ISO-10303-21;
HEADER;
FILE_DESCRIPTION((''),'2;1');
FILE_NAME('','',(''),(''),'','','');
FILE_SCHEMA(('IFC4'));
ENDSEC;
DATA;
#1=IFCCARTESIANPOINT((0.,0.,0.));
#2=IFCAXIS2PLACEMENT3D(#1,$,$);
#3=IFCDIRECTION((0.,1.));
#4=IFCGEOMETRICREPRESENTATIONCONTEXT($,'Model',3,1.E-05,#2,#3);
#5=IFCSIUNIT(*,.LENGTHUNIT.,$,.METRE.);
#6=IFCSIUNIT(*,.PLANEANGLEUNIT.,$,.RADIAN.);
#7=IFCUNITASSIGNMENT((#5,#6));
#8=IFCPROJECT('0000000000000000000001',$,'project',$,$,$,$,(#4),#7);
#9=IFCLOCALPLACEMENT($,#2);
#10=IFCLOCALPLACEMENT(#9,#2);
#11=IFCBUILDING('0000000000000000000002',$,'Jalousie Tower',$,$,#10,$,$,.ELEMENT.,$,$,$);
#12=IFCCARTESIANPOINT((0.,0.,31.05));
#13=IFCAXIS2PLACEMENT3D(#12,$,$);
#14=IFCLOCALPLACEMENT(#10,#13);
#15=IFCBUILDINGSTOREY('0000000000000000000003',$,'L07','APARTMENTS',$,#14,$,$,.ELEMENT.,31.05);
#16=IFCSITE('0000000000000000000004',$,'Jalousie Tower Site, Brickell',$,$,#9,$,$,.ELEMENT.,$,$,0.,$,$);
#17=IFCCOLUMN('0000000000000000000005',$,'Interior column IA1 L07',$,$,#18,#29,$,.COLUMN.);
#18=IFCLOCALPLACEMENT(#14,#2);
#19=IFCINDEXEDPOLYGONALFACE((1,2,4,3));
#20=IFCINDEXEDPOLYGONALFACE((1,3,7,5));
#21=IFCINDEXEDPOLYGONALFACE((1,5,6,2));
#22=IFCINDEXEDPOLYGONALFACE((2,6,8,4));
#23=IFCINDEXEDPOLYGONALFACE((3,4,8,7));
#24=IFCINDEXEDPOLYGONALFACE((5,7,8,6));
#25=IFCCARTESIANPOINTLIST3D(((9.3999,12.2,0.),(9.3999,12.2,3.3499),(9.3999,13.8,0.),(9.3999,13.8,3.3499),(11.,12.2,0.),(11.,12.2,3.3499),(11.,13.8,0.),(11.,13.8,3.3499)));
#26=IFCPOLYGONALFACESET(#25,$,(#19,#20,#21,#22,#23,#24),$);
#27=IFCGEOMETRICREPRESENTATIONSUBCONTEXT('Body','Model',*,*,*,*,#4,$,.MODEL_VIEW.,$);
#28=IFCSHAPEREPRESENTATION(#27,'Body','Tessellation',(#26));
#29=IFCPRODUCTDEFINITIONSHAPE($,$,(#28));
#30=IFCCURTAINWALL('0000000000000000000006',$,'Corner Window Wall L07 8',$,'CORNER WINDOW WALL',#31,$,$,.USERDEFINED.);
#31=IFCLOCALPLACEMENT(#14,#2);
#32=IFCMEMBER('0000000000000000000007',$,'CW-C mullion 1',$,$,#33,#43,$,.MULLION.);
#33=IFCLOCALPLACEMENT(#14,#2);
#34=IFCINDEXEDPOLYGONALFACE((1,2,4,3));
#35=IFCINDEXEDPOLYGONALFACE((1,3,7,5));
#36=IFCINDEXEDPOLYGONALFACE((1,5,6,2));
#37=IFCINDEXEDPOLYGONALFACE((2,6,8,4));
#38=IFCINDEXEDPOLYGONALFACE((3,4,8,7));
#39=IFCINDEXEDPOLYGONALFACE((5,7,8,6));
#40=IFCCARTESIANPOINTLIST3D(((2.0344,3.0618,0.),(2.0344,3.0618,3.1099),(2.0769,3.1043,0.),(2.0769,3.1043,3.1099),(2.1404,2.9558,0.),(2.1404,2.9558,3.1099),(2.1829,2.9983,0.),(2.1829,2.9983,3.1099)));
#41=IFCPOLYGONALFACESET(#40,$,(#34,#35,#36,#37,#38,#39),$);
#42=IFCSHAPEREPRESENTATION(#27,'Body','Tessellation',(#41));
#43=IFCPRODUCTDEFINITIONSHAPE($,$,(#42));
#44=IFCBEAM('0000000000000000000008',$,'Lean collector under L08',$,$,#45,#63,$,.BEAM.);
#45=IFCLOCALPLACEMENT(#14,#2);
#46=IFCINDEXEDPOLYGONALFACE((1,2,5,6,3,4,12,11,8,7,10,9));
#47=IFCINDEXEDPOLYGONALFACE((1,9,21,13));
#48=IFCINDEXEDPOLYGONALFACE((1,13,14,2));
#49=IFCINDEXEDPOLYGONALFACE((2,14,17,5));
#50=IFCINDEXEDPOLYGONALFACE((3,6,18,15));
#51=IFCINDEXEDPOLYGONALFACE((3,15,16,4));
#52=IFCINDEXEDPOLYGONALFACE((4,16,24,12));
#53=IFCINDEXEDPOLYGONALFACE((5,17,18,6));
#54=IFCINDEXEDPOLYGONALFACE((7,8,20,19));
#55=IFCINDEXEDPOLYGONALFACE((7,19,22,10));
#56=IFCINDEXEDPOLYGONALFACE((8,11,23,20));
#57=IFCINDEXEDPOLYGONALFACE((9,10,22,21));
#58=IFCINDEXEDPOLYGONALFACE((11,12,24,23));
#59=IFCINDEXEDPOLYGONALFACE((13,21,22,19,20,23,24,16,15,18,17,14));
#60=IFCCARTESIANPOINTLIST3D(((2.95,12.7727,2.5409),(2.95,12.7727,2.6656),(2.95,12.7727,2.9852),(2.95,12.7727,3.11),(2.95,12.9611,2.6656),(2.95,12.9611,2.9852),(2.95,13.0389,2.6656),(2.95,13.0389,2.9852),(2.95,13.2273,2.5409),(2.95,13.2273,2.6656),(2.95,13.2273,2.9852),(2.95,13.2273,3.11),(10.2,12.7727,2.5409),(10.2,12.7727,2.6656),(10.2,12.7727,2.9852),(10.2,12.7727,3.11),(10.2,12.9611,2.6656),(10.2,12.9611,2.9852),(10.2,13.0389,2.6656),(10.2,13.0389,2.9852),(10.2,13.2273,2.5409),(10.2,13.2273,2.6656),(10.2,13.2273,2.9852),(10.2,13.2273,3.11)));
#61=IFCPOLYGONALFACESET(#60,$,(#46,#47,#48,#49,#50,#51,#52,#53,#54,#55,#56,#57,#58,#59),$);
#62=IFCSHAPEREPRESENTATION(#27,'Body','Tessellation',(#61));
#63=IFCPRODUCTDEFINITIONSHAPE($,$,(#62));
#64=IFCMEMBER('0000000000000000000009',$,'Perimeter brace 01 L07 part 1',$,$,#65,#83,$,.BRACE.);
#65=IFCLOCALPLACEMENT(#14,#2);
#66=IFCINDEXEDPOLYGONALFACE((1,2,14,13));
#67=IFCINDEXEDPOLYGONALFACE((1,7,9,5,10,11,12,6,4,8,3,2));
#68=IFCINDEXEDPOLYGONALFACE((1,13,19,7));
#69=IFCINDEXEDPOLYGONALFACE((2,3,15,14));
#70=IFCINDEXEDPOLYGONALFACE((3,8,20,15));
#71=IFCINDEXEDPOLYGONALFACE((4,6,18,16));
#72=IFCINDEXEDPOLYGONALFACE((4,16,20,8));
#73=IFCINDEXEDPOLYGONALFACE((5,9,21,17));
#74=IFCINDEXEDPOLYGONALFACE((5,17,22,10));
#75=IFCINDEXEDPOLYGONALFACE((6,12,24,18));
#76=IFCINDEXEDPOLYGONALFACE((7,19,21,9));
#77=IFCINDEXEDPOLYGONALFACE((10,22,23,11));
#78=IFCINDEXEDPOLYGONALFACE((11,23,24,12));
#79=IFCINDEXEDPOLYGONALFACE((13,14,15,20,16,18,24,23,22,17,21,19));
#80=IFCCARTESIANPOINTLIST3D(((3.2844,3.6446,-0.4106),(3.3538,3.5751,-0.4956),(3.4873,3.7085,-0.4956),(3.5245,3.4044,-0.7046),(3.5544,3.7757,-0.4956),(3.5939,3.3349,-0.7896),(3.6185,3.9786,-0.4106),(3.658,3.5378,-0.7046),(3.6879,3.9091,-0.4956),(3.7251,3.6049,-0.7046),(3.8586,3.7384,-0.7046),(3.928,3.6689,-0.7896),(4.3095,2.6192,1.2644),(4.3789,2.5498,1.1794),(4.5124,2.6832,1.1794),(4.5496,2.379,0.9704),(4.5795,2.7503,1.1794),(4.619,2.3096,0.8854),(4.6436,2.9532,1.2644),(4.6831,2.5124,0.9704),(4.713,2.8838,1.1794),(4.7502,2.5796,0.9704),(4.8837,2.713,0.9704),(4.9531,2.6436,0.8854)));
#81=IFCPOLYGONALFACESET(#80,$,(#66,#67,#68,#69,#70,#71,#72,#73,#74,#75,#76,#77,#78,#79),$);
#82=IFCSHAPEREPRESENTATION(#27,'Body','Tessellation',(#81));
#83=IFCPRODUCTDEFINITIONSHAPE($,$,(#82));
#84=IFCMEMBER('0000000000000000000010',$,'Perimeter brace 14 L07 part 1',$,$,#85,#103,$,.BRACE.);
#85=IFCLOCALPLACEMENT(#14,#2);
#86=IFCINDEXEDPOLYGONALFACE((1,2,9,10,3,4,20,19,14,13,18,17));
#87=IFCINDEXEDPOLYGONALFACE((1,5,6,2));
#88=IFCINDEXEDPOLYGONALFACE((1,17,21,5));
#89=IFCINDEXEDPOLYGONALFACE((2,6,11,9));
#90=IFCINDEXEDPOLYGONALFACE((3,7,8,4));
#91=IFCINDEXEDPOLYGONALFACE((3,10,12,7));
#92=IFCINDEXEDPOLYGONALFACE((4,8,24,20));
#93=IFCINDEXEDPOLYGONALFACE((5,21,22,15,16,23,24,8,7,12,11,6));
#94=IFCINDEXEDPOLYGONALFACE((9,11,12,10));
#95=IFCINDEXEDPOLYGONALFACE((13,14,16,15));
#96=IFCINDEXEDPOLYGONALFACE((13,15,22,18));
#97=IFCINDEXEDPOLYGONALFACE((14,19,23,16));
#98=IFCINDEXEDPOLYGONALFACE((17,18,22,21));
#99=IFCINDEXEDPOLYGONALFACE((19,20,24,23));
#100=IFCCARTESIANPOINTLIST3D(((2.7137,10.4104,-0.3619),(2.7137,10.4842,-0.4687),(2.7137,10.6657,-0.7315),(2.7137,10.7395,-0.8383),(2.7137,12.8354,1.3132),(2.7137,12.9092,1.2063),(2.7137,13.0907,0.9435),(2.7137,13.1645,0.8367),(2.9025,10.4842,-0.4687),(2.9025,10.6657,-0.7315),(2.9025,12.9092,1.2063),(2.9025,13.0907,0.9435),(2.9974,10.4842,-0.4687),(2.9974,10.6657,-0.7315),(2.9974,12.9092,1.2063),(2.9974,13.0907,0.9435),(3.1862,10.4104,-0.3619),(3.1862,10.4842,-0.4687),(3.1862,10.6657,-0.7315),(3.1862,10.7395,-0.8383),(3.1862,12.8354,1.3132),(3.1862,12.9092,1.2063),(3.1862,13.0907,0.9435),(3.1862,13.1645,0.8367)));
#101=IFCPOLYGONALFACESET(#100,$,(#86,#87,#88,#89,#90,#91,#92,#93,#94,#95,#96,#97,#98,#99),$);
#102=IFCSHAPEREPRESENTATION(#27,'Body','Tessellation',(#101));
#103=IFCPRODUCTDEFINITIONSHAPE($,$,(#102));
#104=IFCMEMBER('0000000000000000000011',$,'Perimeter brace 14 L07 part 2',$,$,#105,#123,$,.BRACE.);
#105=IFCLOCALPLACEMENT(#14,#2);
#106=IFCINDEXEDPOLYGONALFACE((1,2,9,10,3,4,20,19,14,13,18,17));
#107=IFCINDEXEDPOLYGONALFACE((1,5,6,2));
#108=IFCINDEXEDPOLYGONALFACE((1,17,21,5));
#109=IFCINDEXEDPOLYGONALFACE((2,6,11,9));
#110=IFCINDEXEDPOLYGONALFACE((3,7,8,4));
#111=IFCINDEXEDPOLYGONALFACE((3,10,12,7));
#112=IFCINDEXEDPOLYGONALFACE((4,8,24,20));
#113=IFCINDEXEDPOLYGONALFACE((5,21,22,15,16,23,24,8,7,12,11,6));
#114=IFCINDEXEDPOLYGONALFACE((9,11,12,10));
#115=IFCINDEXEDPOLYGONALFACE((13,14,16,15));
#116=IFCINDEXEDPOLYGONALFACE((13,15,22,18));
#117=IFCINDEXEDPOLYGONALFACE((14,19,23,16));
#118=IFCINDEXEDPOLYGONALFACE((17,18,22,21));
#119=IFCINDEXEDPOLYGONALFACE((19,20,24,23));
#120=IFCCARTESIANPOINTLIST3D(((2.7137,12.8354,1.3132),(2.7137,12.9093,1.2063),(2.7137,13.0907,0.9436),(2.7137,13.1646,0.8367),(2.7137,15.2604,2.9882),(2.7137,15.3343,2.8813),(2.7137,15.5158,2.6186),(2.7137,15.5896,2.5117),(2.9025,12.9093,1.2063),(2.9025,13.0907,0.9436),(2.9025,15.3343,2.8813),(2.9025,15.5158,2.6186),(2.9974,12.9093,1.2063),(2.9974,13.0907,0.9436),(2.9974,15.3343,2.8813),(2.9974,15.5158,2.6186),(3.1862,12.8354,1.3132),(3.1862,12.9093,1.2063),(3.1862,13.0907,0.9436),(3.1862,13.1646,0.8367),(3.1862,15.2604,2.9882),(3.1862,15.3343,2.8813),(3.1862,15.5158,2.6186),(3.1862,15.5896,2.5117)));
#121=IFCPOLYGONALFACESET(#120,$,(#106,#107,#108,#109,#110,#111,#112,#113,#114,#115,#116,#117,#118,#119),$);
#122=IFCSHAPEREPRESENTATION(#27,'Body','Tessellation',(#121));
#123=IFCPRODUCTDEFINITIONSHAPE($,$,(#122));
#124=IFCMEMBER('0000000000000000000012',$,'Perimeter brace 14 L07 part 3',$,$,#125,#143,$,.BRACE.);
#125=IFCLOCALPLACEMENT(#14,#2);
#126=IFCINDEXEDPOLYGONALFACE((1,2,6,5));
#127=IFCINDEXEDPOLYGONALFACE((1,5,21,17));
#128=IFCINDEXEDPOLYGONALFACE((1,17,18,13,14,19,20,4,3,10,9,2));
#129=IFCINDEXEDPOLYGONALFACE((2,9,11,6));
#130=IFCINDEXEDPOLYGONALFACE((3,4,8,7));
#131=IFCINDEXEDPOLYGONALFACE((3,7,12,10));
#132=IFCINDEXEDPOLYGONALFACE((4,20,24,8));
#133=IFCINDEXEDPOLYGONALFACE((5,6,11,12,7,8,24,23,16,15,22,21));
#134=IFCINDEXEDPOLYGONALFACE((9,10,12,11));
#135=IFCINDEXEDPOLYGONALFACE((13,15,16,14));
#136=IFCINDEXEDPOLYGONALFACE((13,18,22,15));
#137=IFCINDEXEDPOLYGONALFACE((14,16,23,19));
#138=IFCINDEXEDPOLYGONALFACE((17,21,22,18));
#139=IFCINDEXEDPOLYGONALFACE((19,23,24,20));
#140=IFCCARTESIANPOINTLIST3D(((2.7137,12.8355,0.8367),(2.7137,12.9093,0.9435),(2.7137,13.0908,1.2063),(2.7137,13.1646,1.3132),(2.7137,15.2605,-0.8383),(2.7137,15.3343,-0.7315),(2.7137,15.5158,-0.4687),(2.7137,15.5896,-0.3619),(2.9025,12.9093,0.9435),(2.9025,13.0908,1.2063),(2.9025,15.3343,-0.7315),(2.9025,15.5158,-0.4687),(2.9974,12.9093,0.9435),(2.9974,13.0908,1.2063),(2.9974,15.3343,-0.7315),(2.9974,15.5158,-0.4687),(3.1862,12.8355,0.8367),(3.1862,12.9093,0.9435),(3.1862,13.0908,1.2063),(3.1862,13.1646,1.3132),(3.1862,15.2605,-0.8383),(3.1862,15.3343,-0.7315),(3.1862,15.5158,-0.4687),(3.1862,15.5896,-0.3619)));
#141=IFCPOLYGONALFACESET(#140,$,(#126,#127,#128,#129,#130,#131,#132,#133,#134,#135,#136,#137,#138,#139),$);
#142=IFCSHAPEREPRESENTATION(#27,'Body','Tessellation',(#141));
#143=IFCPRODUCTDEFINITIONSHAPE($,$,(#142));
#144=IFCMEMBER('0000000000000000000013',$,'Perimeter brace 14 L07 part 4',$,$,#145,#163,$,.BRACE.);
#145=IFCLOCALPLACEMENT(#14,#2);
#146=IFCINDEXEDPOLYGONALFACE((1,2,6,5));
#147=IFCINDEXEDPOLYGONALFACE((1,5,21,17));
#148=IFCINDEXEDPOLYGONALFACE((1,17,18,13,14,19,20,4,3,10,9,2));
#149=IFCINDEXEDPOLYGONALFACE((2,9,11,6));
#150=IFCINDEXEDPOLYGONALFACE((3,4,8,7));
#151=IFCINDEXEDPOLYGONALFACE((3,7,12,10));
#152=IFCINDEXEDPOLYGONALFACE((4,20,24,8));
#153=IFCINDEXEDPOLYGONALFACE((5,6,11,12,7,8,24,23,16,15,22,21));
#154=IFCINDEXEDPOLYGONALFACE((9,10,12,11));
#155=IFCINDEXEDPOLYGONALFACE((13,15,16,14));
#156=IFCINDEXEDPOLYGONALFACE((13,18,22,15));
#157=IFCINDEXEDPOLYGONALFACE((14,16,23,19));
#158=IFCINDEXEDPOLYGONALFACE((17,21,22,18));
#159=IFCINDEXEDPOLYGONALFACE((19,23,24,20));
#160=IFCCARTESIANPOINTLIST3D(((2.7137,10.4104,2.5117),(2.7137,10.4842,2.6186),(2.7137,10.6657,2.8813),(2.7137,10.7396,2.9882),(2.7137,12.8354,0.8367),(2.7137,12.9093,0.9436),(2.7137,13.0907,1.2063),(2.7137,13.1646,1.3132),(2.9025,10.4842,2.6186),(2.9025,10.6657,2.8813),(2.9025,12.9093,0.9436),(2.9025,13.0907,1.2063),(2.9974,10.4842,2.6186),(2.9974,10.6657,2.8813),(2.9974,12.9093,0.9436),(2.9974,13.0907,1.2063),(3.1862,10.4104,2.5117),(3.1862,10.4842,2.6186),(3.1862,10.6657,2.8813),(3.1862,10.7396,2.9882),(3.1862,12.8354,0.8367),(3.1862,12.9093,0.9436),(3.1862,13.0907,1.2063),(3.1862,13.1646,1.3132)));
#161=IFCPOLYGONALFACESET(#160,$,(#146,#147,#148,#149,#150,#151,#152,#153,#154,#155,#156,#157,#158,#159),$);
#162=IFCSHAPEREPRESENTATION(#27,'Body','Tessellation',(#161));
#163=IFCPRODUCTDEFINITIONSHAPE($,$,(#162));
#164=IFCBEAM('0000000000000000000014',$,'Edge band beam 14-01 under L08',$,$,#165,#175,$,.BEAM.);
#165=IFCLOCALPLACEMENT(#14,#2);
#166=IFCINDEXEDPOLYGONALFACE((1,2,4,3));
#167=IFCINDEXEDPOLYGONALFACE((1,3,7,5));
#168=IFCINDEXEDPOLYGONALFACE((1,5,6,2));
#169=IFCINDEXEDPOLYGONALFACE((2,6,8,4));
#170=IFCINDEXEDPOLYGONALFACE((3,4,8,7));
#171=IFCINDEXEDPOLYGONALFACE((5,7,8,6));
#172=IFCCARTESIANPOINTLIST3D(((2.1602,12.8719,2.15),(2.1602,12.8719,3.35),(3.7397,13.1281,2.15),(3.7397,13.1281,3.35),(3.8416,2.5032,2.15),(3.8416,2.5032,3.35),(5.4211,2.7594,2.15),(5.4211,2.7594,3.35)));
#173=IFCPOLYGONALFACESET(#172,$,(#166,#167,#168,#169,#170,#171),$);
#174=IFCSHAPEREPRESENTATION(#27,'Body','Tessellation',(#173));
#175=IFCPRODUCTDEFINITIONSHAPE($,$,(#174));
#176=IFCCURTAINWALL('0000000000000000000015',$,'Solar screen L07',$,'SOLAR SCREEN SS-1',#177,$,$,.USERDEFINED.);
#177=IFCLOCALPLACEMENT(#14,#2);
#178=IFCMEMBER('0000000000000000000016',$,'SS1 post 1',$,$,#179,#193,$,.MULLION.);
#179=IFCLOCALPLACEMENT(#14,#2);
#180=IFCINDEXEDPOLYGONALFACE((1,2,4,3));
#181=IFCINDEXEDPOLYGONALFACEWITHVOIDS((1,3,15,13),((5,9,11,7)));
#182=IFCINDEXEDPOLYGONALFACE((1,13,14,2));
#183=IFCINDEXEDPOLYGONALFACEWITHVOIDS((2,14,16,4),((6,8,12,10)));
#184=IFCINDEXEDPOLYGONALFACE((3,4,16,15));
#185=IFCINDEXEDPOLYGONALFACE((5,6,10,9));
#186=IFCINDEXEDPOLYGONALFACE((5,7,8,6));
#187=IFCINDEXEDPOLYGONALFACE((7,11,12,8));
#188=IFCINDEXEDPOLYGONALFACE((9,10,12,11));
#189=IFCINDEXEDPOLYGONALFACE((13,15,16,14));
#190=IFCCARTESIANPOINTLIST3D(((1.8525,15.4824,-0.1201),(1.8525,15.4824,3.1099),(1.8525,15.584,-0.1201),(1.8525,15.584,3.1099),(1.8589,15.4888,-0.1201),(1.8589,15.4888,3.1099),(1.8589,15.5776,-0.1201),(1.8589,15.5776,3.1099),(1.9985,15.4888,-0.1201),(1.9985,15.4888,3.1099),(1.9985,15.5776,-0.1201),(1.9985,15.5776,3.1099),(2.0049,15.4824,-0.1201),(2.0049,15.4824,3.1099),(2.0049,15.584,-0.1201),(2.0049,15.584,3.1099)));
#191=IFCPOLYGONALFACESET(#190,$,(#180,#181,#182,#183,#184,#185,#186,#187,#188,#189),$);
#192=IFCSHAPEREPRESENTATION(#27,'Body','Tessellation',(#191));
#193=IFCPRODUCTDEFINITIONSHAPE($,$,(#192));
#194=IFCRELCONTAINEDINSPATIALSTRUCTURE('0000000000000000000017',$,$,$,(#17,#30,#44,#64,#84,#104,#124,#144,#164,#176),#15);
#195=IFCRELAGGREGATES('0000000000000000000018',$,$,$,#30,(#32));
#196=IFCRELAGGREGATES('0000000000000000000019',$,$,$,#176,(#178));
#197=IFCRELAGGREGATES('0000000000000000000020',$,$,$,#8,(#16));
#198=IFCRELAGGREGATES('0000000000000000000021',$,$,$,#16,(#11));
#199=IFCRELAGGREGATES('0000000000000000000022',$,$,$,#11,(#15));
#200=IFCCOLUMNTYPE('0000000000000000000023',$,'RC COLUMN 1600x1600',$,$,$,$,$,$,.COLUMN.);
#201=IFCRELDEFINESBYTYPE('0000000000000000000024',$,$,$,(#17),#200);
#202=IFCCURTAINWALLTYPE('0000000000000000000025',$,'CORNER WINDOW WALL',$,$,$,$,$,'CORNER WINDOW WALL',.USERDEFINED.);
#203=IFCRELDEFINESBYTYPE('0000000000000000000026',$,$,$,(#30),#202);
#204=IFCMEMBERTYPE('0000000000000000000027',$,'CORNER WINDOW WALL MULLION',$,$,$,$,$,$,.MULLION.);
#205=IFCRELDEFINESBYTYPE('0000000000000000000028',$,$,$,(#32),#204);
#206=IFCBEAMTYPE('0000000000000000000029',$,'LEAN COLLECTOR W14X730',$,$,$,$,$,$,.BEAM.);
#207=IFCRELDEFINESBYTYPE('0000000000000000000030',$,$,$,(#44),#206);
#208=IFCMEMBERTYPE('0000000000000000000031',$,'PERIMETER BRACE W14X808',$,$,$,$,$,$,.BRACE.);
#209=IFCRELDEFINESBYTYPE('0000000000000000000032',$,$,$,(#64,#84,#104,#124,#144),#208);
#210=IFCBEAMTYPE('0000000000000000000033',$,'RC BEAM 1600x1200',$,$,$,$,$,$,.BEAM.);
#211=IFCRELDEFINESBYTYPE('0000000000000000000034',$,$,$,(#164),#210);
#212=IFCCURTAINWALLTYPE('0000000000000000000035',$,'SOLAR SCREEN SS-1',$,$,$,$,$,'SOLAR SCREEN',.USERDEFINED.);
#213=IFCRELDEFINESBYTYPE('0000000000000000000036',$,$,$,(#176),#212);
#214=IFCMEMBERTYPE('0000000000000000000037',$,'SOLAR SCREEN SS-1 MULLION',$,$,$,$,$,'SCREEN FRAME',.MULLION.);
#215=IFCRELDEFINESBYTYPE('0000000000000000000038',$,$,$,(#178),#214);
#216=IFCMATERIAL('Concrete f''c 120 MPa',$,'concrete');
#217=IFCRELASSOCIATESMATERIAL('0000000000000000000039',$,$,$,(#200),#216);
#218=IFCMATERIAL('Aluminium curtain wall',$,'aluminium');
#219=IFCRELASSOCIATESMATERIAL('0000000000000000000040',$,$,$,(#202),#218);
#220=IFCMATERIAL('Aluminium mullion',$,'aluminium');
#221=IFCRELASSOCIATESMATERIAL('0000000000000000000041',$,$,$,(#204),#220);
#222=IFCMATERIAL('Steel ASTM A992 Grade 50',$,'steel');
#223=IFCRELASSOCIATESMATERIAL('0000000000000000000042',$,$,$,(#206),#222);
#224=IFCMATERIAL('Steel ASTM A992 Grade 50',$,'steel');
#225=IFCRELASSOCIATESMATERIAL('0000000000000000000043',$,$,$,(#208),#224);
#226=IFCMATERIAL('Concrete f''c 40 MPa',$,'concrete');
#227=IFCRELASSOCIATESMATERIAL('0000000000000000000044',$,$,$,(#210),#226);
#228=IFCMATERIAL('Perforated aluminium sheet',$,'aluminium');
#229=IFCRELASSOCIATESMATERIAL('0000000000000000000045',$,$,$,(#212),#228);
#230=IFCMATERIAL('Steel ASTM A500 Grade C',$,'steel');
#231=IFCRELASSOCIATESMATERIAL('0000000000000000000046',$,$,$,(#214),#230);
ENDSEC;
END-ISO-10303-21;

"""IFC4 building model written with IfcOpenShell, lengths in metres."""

from ifc_helpers import new_model, si_unit, direction, frame, origin, origin_2d, place, context, subcontext, project, spatial, rectangle, hollow_rectangle, i_section, extrude, material, material_profile, profile_set, type_object, element, aggregate, save


model = new_model("IFC4")

# Units and contexts
model_context = context("Model", 3, precision=1e-05, world=origin(), true_north=direction((0.0, 1.0)))
body_context = subcontext(model_context, "Body", "Model", "MODEL_VIEW")
ifc_project = project(units=[si_unit("LENGTHUNIT", "METRE"), si_unit("PLANEANGLEUNIT", "RADIAN")], contexts=[model_context])

# Site, building, storey
site_placement = place(None, origin())
site = spatial("IfcSite", under=ifc_project, at=site_placement, Name="Jalousie Tower Site, Brickell", CompositionType="ELEMENT", RefElevation=0.0)
building_placement = place(site_placement, origin())
building = spatial("IfcBuilding", under=site, at=building_placement, Name="Jalousie Tower", CompositionType="ELEMENT")
storey_placement = place(building_placement, frame((0.0, 0.0, 31.05)))
storey = spatial("IfcBuildingStorey", under=building, at=storey_placement, Name="L07", Description="APARTMENTS", CompositionType="ELEMENT", Elevation=31.05)

# Column
ifc_material_1 = material(Name="Concrete f'c 120 MPa", Category="concrete")
ifc_material_profile_1 = material_profile(ifc_material_1, rectangle(XDim=1.6001, YDim=1.6001, at=origin_2d()), Name="RC 1600x1600")
ifc_profile_set_1 = profile_set([ifc_material_profile_1], Name="Concrete f'c 120 MPa")
column_type = type_object("IfcColumnType", Name="RC COLUMN 1600x1600", PredefinedType="COLUMN", material=ifc_profile_set_1)
column_placement = place(storey_placement, frame((10.2, 13.0, 0.0), z_axis=(0.0, 0.0, 1.0), x_axis=(1.0, 0.0, 0.0)))
element("IfcColumn", 1, at=column_placement, inside=storey, type_object=column_type, Name="Interior column IA1 L07", PredefinedType="COLUMN", context=body_context, shape_type="SweptSolid", body=[
    extrude(rectangle(XDim=1.6001, YDim=1.6001, at=origin_2d()), origin(), (0.0, 0.0, 1.0), 3.3499),
])

# Curtain wall, member
ifc_material_2 = material(Name="Aluminium curtain wall", Category="aluminium")
curtain_wall_type_1 = type_object("IfcCurtainWallType", Name="CORNER WINDOW WALL", ElementType="CORNER WINDOW WALL", PredefinedType="USERDEFINED", material=ifc_material_2)
curtain_wall_1_placement = place(storey_placement, origin())
curtain_wall_1 = element("IfcCurtainWall", 2, at=curtain_wall_1_placement, inside=storey, type_object=curtain_wall_type_1, Name="Corner Window Wall L07 8", ObjectType="CORNER WINDOW WALL", PredefinedType="USERDEFINED")
ifc_material_3 = material(Name="Aluminium mullion", Category="aluminium")
ifc_material_profile_2 = material_profile(ifc_material_3, rectangle(XDim=0.0601, YDim=0.1499, at=origin_2d()), Name="MULLION 60x150")
ifc_profile_set_2 = profile_set([ifc_material_profile_2], Name="Aluminium mullion")
member_type_1 = type_object("IfcMemberType", Name="CORNER WINDOW WALL MULLION", PredefinedType="MULLION", material=ifc_profile_set_2)
member_1_placement = place(storey_placement, frame((2.1086, 3.03, 0.0), z_axis=(0.0, 0.0, 1.0), x_axis=(0.707107, 0.707107, 0.0)))
member_1 = element("IfcMember", 3, at=member_1_placement, type_object=member_type_1, Name="CW-C mullion 1", PredefinedType="MULLION", context=body_context, shape_type="SweptSolid", body=[
    extrude(rectangle(XDim=0.0601, YDim=0.1499, at=origin_2d()), origin(), (0.0, 0.0, 1.0), 3.1099),
])
aggregate(curtain_wall_1, [member_1])

# Beam
ifc_material_4 = material(Name="Steel ASTM A992 Grade 50", Category="steel")
ifc_material_profile_3 = material_profile(ifc_material_4, i_section(OverallWidth=0.4546, OverallDepth=0.5691, WebThickness=0.0779, FlangeThickness=0.1248, at=origin_2d()), Name="W14X730")
ifc_profile_set_3 = profile_set([ifc_material_profile_3], Name="Steel ASTM A992 Grade 50")
beam_type_1 = type_object("IfcBeamType", Name="LEAN COLLECTOR W14X730", PredefinedType="BEAM", material=ifc_profile_set_3)
beam_1_placement = place(storey_placement, frame((2.95, 13.0, 2.8254), z_axis=(1.0, 0.0, 0.0), x_axis=(0.0, 1.0, 0.0)))
element("IfcBeam", 4, at=beam_1_placement, inside=storey, type_object=beam_type_1, Name="Lean collector under L08", PredefinedType="BEAM", context=body_context, shape_type="SweptSolid", body=[
    extrude(i_section(OverallWidth=0.4546, OverallDepth=0.5691, WebThickness=0.0779, FlangeThickness=0.1248, at=origin_2d()), origin(), (0.0, 0.0, 1.0), 7.25),
])

# Members
ifc_material_5 = material(Name="Steel ASTM A992 Grade 50", Category="steel")
ifc_material_profile_4 = material_profile(ifc_material_5, i_section(OverallWidth=0.4724, OverallDepth=0.5791, WebThickness=0.095, FlangeThickness=0.1299, at=origin_2d()), Name="W14X808")
ifc_profile_set_4 = profile_set([ifc_material_profile_4], Name="Steel ASTM A992 Grade 50")
member_type_2 = type_object("IfcMemberType", Name="PERIMETER BRACE W14X808", PredefinedType="BRACE", material=ifc_profile_set_4)
member_2_placement = place(storey_placement, frame((3.6062, 3.6567, -0.6001), z_axis=(0.46273, -0.46284, 0.756082), x_axis=(0.707191, 0.707023, 0.0)))
element("IfcMember", 5, at=member_2_placement, inside=storey, type_object=member_type_2, Name="Perimeter brace 01 L07 part 1", PredefinedType="BRACE", context=body_context, shape_type="SweptSolid", body=[
    extrude(i_section(OverallWidth=0.4724, OverallDepth=0.5791, WebThickness=0.095, FlangeThickness=0.1299, at=origin_2d()), origin(), (0.0, 0.0, 1.0), 2.2153),
])
for number, where, z_axis, x_axis, name in (
    (6, (2.95, 10.575, -0.6001), (0.0, 0.8228, 0.568331), (-1.0, 0.0, 0.0), "Perimeter brace 14 L07 part 1"),
    (7, (2.95, 13.0, 1.075), (0.0, 0.8228, 0.568331), (-1.0, 0.0, 0.0), "Perimeter brace 14 L07 part 2"),
    (8, (2.95, 15.425, -0.6001), (0.0, -0.8228, 0.568331), (1.0, 0.0, 0.0), "Perimeter brace 14 L07 part 3"),
    (9, (2.95, 13.0, 1.075), (0.0, -0.8228, 0.568331), (1.0, 0.0, 0.0), "Perimeter brace 14 L07 part 4"),
):
    element("IfcMember", number, at=place(storey_placement, frame(where, z_axis=z_axis, x_axis=x_axis)), inside=storey, type_object=member_type_2, Name=name, PredefinedType="BRACE", context=body_context, shape_type="SweptSolid", body=[
        extrude(i_section(OverallWidth=0.4724, OverallDepth=0.5791, WebThickness=0.095, FlangeThickness=0.1299, at=origin_2d()), origin(), (0.0, 0.0, 1.0), 2.9473),
    ])

# Beam
ifc_material_6 = material(Name="Concrete f'c 40 MPa", Category="concrete")
ifc_material_profile_5 = material_profile(ifc_material_6, rectangle(XDim=1.6001, YDim=1.2, at=origin_2d()), Name="RC 1600x1200")
ifc_profile_set_5 = profile_set([ifc_material_profile_5], Name="Concrete f'c 40 MPa")
beam_type_2 = type_object("IfcBeamType", Name="RC BEAM 1600x1200", PredefinedType="BEAM", material=ifc_profile_set_5)
beam_2_placement = place(storey_placement, frame((2.95, 13.0, 2.75), z_axis=(0.160071, -0.987106, 0.0), x_axis=(0.987106, 0.160071, 0.0)))
element("IfcBeam", 10, at=beam_2_placement, inside=storey, type_object=beam_type_2, Name="Edge band beam 14-01 under L08", PredefinedType="BEAM", context=body_context, shape_type="SweptSolid", body=[
    extrude(rectangle(XDim=1.6001, YDim=1.2, at=origin_2d()), origin(), (0.0, 0.0, 1.0), 10.5042),
])

# Curtain wall, member
ifc_material_7 = material(Name="Perforated aluminium sheet", Category="aluminium")
curtain_wall_type_2 = type_object("IfcCurtainWallType", Name="SOLAR SCREEN SS-1", ElementType="SOLAR SCREEN", PredefinedType="USERDEFINED", material=ifc_material_7)
curtain_wall_2_placement = place(storey_placement, origin())
curtain_wall_2 = element("IfcCurtainWall", 11, at=curtain_wall_2_placement, inside=storey, type_object=curtain_wall_type_2, Name="Solar screen L07", ObjectType="SOLAR SCREEN SS-1", PredefinedType="USERDEFINED")
ifc_material_8 = material(Name="Steel ASTM A500 Grade C", Category="steel")
ifc_material_profile_6 = material_profile(ifc_material_8, hollow_rectangle(XDim=0.1016, YDim=0.1523, WallThickness=0.0063, at=origin_2d()), Name="HSS6X4X1/4")
ifc_profile_set_6 = profile_set([ifc_material_profile_6], Name="Steel ASTM A500 Grade C")
member_type_3 = type_object("IfcMemberType", Name="SOLAR SCREEN SS-1 MULLION", ElementType="SCREEN FRAME", PredefinedType="MULLION", material=ifc_profile_set_6)
member_3_placement = place(storey_placement, frame((1.9287, 15.5332, -0.1201), z_axis=(0.0, 0.0, 1.0), x_axis=(0.0, -1.0, 0.0)))
member_3 = element("IfcMember", 12, at=member_3_placement, type_object=member_type_3, Name="SS1 post 1", PredefinedType="MULLION", context=body_context, shape_type="SweptSolid", body=[
    extrude(hollow_rectangle(XDim=0.1016, YDim=0.1523, WallThickness=0.0063, at=origin_2d()), origin(), (0.0, 0.0, 1.0), 3.23),
])

aggregate(curtain_wall_2, [member_3])

save(model, "model.ifc")
